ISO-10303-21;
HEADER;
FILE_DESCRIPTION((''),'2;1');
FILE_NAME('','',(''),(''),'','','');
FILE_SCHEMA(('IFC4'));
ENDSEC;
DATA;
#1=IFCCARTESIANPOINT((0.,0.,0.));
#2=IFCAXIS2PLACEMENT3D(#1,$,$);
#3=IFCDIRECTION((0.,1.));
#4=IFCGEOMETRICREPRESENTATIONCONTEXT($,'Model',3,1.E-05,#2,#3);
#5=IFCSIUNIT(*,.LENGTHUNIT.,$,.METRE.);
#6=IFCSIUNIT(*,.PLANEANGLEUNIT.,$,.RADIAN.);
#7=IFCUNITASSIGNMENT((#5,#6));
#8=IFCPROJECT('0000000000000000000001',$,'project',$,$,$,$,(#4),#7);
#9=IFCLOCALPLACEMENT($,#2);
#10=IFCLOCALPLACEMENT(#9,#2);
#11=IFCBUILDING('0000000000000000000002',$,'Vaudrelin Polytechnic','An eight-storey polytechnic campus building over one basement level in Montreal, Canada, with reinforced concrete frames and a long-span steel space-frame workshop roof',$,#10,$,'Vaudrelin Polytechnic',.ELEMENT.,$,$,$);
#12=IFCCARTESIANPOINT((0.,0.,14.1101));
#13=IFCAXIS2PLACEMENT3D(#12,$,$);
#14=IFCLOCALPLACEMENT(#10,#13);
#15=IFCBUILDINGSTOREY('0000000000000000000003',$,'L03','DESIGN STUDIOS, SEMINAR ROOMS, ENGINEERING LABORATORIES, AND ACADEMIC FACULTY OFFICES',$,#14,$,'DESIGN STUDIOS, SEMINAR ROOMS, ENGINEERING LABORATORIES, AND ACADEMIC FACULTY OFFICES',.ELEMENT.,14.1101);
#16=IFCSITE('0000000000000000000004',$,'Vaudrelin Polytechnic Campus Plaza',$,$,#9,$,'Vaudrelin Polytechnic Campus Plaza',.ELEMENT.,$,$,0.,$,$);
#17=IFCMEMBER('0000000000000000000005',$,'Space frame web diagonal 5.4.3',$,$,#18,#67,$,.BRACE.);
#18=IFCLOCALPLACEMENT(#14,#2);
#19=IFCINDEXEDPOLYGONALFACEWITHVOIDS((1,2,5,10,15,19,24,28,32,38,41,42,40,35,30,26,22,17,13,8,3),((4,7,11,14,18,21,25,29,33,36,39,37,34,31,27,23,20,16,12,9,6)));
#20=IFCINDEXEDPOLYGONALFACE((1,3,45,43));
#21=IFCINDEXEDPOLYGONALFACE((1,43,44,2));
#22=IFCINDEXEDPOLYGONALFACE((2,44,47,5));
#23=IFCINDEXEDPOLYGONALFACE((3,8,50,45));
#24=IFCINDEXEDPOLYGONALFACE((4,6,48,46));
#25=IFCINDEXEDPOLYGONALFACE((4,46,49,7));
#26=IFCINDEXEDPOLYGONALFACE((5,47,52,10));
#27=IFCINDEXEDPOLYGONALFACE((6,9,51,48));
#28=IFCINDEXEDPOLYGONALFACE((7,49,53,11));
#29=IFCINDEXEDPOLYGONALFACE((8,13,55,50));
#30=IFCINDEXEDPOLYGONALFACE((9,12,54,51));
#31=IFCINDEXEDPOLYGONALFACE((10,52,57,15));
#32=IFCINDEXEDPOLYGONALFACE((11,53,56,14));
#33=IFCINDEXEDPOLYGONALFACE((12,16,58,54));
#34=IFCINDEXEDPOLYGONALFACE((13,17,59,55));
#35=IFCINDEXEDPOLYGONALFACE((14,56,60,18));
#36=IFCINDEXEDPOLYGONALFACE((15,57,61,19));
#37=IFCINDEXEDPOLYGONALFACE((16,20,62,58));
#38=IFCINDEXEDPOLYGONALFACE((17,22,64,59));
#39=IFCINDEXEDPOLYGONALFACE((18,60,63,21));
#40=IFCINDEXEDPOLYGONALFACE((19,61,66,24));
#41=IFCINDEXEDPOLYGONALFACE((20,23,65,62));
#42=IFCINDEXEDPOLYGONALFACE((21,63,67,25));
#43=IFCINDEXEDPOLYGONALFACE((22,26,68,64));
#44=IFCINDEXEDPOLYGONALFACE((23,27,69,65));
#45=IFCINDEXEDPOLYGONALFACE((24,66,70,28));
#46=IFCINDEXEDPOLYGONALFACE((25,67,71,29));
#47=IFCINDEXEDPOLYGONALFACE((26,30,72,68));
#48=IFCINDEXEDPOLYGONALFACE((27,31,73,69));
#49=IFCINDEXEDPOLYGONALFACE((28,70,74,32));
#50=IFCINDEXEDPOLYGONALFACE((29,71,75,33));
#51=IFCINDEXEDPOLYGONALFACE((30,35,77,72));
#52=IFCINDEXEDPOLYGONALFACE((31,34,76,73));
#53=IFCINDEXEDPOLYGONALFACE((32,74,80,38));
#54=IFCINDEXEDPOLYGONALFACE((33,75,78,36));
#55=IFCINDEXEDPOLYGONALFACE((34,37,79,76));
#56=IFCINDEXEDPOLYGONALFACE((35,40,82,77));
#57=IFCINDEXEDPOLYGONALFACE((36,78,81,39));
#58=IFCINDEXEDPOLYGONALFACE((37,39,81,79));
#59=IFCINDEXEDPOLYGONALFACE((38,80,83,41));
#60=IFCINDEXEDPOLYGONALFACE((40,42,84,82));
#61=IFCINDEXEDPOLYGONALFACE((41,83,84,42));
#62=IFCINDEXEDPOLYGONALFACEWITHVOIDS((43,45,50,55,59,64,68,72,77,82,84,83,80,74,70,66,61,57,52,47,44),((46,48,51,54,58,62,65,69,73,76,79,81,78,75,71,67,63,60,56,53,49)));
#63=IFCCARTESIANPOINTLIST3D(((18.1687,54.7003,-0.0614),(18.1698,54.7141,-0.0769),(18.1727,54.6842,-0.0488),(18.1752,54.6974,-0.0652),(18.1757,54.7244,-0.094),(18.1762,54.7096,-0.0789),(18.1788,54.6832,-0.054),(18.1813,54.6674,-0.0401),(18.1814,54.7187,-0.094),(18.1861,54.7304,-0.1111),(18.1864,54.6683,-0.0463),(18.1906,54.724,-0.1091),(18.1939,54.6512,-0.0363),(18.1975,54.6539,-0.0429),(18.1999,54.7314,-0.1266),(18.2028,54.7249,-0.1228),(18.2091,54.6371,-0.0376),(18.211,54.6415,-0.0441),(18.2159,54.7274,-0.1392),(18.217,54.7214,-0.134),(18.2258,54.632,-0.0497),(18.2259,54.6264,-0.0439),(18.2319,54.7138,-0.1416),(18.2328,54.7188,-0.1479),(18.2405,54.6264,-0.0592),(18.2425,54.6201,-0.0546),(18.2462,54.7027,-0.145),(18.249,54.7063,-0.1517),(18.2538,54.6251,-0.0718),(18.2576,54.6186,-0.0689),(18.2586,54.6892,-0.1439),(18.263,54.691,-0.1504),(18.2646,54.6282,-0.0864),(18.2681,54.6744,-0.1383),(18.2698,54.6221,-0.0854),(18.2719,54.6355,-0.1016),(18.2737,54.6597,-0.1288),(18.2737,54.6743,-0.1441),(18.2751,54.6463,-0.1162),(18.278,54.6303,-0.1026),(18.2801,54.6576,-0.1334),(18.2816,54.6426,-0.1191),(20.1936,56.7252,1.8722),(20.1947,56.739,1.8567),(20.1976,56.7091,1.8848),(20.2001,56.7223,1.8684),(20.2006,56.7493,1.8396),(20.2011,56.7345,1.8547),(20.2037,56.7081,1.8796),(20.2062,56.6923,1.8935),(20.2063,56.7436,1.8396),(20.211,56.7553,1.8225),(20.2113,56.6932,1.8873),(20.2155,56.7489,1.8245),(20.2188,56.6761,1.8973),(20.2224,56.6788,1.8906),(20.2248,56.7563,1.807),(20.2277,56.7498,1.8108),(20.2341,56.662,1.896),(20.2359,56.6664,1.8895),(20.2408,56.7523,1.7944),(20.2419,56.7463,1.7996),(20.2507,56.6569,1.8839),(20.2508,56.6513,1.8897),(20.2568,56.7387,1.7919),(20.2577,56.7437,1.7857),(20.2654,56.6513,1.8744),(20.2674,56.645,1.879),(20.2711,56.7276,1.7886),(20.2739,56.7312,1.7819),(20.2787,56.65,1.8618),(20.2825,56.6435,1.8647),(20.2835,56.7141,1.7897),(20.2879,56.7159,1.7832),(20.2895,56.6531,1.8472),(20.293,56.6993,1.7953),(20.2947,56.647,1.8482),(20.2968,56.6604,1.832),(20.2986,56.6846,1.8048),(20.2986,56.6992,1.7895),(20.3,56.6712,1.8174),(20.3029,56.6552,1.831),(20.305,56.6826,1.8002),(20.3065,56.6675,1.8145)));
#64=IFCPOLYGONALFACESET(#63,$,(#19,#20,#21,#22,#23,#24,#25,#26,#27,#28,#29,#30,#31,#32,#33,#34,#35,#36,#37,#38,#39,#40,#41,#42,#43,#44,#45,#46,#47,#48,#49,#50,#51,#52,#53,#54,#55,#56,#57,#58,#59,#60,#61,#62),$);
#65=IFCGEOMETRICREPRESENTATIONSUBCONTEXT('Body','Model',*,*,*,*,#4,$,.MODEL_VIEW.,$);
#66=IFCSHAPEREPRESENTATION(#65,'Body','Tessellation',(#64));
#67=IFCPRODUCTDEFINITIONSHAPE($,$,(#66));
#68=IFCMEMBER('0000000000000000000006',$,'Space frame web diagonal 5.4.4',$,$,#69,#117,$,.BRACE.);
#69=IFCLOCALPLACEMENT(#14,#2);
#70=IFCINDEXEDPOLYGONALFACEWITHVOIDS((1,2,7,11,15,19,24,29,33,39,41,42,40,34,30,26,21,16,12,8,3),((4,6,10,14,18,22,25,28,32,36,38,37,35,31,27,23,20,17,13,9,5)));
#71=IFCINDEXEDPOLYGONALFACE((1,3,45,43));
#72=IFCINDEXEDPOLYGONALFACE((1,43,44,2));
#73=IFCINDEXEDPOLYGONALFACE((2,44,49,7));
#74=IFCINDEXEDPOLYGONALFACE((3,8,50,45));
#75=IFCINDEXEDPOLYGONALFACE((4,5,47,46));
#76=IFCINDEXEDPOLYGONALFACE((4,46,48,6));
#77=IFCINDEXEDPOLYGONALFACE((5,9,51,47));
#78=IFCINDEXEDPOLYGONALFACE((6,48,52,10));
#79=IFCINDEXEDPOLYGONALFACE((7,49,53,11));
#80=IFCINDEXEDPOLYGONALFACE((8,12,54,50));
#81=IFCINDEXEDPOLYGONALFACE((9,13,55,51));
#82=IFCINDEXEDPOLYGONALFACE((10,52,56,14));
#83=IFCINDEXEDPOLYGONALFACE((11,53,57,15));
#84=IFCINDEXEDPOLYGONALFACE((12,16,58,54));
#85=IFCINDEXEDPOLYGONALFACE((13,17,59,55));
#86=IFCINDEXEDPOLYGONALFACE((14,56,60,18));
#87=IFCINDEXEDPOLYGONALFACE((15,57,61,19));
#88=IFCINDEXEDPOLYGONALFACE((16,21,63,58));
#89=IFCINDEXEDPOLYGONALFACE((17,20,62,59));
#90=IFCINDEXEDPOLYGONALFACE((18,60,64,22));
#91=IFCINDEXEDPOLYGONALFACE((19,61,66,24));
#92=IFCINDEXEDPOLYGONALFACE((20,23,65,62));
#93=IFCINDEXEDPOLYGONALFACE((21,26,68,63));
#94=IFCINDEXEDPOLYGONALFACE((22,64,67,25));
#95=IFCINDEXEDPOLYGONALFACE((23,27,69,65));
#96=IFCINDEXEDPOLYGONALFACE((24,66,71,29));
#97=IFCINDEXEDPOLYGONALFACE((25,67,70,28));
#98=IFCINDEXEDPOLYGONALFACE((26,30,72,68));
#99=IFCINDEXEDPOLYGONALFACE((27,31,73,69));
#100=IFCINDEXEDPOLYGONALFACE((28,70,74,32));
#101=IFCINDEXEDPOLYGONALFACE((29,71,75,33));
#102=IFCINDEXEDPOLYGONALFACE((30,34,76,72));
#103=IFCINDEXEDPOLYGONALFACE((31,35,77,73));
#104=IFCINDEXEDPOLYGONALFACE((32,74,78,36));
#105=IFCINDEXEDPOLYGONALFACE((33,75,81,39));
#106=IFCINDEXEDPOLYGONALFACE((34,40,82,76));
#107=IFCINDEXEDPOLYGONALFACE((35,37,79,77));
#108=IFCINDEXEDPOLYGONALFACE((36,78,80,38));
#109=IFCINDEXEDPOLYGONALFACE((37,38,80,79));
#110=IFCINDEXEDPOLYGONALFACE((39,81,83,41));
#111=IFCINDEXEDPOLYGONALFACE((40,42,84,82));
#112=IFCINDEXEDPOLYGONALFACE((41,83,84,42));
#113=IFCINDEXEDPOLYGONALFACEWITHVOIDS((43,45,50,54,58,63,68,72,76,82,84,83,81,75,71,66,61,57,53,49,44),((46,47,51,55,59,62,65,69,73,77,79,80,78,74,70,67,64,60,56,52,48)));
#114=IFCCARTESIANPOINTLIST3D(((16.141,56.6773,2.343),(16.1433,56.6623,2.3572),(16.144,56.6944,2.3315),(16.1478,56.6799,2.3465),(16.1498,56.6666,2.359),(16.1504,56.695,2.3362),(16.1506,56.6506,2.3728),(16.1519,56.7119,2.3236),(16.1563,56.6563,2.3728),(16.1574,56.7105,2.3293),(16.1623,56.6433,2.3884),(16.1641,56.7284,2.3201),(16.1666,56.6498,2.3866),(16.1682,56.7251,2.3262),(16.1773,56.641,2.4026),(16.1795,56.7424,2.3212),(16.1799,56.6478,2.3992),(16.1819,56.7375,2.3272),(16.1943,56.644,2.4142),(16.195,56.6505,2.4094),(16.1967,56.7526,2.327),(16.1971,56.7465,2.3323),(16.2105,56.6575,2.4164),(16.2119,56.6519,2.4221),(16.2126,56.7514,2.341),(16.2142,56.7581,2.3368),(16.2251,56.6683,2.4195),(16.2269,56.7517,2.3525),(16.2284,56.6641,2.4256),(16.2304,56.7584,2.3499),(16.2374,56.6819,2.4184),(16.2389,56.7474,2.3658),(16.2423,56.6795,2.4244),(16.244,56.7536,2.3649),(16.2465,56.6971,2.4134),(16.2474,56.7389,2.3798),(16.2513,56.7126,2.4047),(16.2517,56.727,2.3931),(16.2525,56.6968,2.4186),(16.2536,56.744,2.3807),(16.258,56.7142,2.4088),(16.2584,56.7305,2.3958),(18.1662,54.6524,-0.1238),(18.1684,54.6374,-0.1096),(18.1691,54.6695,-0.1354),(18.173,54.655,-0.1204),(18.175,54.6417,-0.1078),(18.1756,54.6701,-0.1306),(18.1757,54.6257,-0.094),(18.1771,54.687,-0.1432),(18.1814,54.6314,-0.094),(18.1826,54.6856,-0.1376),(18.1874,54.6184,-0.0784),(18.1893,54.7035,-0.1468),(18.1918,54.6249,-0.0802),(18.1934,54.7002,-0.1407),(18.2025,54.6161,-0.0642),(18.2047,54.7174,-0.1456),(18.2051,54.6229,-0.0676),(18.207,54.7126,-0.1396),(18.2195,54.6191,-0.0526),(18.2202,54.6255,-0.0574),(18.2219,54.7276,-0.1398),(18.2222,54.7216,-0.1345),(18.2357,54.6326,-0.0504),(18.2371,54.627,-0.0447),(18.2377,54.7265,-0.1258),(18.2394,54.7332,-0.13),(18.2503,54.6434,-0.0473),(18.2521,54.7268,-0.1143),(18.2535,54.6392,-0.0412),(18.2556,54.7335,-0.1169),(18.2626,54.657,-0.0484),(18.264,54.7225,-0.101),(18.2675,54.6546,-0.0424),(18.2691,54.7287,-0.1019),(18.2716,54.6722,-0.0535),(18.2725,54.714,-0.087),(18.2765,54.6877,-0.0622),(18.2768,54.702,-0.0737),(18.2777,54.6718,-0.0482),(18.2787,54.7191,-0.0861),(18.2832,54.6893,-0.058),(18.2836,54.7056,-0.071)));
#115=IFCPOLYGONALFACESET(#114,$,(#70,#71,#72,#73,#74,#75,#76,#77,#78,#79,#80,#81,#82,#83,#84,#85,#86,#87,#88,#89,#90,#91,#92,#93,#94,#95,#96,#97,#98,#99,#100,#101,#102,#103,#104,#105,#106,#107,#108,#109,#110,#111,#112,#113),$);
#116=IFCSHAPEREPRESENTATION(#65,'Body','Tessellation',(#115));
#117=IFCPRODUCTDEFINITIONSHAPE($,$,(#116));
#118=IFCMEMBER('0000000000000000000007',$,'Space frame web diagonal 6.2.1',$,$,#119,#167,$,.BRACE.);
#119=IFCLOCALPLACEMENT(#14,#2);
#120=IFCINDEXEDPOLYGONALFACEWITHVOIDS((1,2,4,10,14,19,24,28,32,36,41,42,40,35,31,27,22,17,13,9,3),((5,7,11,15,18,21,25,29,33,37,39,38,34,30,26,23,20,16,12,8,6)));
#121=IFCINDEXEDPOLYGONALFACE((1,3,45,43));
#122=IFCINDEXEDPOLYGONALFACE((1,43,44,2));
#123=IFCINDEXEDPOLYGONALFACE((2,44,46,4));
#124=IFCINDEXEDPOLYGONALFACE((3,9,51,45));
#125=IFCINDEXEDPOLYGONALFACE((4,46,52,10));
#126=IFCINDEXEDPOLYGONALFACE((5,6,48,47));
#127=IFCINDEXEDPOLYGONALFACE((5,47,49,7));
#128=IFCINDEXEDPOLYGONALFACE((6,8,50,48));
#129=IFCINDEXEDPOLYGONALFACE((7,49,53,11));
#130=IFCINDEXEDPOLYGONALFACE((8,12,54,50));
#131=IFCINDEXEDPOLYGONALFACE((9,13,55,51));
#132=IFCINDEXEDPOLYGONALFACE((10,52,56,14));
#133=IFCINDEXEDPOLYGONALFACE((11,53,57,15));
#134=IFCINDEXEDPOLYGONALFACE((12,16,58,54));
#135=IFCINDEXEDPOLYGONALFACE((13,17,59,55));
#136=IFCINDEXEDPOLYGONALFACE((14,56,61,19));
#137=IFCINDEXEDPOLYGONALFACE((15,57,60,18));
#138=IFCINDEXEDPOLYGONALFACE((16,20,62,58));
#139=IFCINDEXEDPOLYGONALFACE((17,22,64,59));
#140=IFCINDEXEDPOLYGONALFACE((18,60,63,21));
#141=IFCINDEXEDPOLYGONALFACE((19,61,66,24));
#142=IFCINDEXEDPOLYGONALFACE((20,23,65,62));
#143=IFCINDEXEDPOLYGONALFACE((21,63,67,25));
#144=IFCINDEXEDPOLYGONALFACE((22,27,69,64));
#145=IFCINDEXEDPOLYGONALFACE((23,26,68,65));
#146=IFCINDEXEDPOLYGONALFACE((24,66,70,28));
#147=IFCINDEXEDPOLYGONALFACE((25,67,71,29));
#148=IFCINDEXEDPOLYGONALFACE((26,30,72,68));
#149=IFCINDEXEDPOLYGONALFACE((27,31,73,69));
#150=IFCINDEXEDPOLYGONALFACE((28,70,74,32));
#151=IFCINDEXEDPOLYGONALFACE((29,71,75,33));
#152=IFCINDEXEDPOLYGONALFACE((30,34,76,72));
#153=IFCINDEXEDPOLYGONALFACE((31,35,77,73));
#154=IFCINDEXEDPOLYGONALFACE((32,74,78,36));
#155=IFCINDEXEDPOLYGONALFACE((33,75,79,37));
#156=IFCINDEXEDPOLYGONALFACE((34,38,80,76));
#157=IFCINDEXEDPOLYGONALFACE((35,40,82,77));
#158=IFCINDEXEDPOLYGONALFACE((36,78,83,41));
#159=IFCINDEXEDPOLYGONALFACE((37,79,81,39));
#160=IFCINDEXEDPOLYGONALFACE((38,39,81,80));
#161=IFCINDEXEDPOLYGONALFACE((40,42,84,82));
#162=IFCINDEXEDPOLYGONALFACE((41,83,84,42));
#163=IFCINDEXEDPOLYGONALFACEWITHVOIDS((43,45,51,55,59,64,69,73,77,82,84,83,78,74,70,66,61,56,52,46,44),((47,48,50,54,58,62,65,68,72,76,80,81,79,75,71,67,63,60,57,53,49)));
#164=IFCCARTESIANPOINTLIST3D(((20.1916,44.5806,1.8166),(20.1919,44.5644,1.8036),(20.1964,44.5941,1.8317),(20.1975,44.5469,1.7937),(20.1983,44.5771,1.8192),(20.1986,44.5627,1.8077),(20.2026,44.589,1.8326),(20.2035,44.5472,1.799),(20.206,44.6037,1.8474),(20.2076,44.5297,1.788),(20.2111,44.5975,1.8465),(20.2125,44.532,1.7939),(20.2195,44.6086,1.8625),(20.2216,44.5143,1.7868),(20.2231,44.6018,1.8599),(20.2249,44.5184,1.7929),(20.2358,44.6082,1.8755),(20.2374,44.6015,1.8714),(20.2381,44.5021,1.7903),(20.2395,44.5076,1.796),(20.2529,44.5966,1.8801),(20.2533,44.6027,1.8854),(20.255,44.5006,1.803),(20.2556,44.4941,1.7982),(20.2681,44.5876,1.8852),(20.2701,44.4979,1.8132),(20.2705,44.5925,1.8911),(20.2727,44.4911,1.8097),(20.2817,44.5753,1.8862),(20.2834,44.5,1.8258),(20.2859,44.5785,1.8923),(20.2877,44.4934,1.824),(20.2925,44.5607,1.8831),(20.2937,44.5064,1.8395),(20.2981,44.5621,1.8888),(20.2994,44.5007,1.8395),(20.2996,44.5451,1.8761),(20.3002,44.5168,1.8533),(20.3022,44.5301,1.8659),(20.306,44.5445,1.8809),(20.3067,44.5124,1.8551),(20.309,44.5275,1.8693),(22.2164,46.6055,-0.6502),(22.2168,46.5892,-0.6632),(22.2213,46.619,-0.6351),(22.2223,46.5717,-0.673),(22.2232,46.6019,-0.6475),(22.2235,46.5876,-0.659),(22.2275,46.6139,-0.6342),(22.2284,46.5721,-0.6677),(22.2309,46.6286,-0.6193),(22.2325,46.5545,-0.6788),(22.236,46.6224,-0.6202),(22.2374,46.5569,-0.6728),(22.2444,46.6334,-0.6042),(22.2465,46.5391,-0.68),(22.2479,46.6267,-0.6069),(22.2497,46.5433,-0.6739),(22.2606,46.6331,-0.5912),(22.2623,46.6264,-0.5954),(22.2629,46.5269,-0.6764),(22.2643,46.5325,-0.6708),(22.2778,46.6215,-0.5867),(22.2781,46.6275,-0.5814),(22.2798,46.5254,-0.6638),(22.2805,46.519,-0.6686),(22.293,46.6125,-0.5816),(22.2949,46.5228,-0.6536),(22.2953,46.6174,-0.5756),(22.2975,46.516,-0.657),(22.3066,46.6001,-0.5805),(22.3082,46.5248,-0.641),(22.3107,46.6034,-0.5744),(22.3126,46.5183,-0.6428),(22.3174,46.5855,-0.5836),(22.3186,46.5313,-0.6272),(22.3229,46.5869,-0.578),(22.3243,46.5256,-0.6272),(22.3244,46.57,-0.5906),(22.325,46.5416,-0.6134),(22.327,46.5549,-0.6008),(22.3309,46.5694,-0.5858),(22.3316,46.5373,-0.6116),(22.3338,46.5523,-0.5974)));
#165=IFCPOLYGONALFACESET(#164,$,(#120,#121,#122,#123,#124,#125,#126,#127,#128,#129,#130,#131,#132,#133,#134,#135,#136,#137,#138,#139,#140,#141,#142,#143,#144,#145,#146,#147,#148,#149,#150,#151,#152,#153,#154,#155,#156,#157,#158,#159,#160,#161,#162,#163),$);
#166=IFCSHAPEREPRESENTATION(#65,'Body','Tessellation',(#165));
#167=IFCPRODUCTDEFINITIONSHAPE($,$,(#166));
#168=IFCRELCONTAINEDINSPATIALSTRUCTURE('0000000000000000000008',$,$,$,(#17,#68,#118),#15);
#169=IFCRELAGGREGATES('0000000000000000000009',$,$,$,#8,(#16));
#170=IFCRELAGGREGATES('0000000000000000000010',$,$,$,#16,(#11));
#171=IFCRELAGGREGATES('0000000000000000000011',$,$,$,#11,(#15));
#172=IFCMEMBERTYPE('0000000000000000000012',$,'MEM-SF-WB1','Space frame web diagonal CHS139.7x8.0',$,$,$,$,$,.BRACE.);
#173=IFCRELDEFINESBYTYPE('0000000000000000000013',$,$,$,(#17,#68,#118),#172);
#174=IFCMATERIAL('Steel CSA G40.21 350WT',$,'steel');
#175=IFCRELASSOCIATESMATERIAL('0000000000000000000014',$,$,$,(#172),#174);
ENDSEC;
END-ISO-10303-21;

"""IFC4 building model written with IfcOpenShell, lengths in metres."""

from ifc_helpers import new_model, si_unit, direction, frame, origin, origin_2d, place, context, subcontext, project, spatial, hollow_circle, extrude, material, material_profile, profile_set, type_object, element, save


model = new_model("IFC4")

# Units and contexts
model_context = context("Model", 3, precision=1e-05, world=origin(), true_north=direction((0.0, 1.0)))
body_context = subcontext(model_context, "Body", "Model", "MODEL_VIEW")
ifc_project = project(units=[si_unit("LENGTHUNIT", "METRE"), si_unit("PLANEANGLEUNIT", "RADIAN")], contexts=[model_context])

# Site, building, storey
site_placement = place(None, origin())
site = spatial("IfcSite", under=ifc_project, at=site_placement, Name="Vaudrelin Polytechnic Campus Plaza", LongName="Vaudrelin Polytechnic Campus Plaza", CompositionType="ELEMENT", RefElevation=0.0)
building_placement = place(site_placement, origin())
building = spatial("IfcBuilding", under=site, at=building_placement, Name="Vaudrelin Polytechnic", Description="An eight-storey polytechnic campus building over one basement level in Montreal, Canada, with reinforced concrete frames and a long-span steel space-frame workshop roof", LongName="Vaudrelin Polytechnic", CompositionType="ELEMENT")
storey_placement = place(building_placement, frame((0.0, 0.0, 14.1101)))
storey = spatial("IfcBuildingStorey", under=building, at=storey_placement, Name="L03", Description="DESIGN STUDIOS, SEMINAR ROOMS, ENGINEERING LABORATORIES, AND ACADEMIC FACULTY OFFICES", LongName="DESIGN STUDIOS, SEMINAR ROOMS, ENGINEERING LABORATORIES, AND ACADEMIC FACULTY OFFICES", CompositionType="ELEMENT", Elevation=14.1101)

# Members
ifc_material = material(Name="Steel CSA G40.21 350WT", Category="steel")
ifc_material_profile_1 = material_profile(ifc_material, hollow_circle(Radius=0.0698, WallThickness=0.0081, at=origin_2d()), Name="CHS139.7x8.0")
ifc_profile_set_1 = profile_set([ifc_material_profile_1], Name="Steel CSA G40.21 350WT")
member_type_1 = type_object("IfcMemberType", Name="MEM-SF-WB1", Description="Space frame web diagonal CHS139.7x8.0", PredefinedType="BRACE", material=ifc_profile_set_1)
member_1_placement = place(storey_placement, frame((18.2251, 54.675, -0.094), z_axis=(0.586024, 0.586024, 0.559599), x_axis=(-0.707107, 0.707107, 0.0)))
element("IfcMember", 1, at=member_1_placement, inside=storey, type_object=member_type_1, Name="Space frame web diagonal 5.4.3", PredefinedType="BRACE", context=body_context, shape_type="SweptSolid", body=[
    extrude(hollow_circle(Radius=0.0698, WallThickness=0.0081, at=origin_2d()), origin(), (0.0, 0.0, 1.0), 3.4553),
])
member_2_placement = place(storey_placement, frame((18.2251, 54.675, -0.094), z_axis=(-0.535788, 0.535723, 0.652634), x_axis=(-0.707064, -0.707149, 0.0)))
element("IfcMember", 2, at=member_2_placement, inside=storey, type_object=member_type_1, Name="Space frame web diagonal 5.4.4", PredefinedType="BRACE", context=body_context, shape_type="SweptSolid", body=[
    extrude(hollow_circle(Radius=0.0698, WallThickness=0.0081, at=origin_2d()), origin(), (0.0, 0.0, 1.0), 3.7798),
])
member_3_placement = place(storey_placement, frame((22.2749, 46.575, -0.6272), z_axis=(-0.535742, -0.535742, 0.652657), x_axis=(0.707107, -0.707107, 0.0)))
element("IfcMember", 3, at=member_3_placement, inside=storey, type_object=member_type_1, Name="Space frame web diagonal 6.2.1", PredefinedType="BRACE", context=body_context, shape_type="SweptSolid", body=[
    extrude(hollow_circle(Radius=0.0698, WallThickness=0.0081, at=origin_2d()), origin(), (0.0, 0.0, 1.0), 3.7795),
])

save(model, "model.ifc")
